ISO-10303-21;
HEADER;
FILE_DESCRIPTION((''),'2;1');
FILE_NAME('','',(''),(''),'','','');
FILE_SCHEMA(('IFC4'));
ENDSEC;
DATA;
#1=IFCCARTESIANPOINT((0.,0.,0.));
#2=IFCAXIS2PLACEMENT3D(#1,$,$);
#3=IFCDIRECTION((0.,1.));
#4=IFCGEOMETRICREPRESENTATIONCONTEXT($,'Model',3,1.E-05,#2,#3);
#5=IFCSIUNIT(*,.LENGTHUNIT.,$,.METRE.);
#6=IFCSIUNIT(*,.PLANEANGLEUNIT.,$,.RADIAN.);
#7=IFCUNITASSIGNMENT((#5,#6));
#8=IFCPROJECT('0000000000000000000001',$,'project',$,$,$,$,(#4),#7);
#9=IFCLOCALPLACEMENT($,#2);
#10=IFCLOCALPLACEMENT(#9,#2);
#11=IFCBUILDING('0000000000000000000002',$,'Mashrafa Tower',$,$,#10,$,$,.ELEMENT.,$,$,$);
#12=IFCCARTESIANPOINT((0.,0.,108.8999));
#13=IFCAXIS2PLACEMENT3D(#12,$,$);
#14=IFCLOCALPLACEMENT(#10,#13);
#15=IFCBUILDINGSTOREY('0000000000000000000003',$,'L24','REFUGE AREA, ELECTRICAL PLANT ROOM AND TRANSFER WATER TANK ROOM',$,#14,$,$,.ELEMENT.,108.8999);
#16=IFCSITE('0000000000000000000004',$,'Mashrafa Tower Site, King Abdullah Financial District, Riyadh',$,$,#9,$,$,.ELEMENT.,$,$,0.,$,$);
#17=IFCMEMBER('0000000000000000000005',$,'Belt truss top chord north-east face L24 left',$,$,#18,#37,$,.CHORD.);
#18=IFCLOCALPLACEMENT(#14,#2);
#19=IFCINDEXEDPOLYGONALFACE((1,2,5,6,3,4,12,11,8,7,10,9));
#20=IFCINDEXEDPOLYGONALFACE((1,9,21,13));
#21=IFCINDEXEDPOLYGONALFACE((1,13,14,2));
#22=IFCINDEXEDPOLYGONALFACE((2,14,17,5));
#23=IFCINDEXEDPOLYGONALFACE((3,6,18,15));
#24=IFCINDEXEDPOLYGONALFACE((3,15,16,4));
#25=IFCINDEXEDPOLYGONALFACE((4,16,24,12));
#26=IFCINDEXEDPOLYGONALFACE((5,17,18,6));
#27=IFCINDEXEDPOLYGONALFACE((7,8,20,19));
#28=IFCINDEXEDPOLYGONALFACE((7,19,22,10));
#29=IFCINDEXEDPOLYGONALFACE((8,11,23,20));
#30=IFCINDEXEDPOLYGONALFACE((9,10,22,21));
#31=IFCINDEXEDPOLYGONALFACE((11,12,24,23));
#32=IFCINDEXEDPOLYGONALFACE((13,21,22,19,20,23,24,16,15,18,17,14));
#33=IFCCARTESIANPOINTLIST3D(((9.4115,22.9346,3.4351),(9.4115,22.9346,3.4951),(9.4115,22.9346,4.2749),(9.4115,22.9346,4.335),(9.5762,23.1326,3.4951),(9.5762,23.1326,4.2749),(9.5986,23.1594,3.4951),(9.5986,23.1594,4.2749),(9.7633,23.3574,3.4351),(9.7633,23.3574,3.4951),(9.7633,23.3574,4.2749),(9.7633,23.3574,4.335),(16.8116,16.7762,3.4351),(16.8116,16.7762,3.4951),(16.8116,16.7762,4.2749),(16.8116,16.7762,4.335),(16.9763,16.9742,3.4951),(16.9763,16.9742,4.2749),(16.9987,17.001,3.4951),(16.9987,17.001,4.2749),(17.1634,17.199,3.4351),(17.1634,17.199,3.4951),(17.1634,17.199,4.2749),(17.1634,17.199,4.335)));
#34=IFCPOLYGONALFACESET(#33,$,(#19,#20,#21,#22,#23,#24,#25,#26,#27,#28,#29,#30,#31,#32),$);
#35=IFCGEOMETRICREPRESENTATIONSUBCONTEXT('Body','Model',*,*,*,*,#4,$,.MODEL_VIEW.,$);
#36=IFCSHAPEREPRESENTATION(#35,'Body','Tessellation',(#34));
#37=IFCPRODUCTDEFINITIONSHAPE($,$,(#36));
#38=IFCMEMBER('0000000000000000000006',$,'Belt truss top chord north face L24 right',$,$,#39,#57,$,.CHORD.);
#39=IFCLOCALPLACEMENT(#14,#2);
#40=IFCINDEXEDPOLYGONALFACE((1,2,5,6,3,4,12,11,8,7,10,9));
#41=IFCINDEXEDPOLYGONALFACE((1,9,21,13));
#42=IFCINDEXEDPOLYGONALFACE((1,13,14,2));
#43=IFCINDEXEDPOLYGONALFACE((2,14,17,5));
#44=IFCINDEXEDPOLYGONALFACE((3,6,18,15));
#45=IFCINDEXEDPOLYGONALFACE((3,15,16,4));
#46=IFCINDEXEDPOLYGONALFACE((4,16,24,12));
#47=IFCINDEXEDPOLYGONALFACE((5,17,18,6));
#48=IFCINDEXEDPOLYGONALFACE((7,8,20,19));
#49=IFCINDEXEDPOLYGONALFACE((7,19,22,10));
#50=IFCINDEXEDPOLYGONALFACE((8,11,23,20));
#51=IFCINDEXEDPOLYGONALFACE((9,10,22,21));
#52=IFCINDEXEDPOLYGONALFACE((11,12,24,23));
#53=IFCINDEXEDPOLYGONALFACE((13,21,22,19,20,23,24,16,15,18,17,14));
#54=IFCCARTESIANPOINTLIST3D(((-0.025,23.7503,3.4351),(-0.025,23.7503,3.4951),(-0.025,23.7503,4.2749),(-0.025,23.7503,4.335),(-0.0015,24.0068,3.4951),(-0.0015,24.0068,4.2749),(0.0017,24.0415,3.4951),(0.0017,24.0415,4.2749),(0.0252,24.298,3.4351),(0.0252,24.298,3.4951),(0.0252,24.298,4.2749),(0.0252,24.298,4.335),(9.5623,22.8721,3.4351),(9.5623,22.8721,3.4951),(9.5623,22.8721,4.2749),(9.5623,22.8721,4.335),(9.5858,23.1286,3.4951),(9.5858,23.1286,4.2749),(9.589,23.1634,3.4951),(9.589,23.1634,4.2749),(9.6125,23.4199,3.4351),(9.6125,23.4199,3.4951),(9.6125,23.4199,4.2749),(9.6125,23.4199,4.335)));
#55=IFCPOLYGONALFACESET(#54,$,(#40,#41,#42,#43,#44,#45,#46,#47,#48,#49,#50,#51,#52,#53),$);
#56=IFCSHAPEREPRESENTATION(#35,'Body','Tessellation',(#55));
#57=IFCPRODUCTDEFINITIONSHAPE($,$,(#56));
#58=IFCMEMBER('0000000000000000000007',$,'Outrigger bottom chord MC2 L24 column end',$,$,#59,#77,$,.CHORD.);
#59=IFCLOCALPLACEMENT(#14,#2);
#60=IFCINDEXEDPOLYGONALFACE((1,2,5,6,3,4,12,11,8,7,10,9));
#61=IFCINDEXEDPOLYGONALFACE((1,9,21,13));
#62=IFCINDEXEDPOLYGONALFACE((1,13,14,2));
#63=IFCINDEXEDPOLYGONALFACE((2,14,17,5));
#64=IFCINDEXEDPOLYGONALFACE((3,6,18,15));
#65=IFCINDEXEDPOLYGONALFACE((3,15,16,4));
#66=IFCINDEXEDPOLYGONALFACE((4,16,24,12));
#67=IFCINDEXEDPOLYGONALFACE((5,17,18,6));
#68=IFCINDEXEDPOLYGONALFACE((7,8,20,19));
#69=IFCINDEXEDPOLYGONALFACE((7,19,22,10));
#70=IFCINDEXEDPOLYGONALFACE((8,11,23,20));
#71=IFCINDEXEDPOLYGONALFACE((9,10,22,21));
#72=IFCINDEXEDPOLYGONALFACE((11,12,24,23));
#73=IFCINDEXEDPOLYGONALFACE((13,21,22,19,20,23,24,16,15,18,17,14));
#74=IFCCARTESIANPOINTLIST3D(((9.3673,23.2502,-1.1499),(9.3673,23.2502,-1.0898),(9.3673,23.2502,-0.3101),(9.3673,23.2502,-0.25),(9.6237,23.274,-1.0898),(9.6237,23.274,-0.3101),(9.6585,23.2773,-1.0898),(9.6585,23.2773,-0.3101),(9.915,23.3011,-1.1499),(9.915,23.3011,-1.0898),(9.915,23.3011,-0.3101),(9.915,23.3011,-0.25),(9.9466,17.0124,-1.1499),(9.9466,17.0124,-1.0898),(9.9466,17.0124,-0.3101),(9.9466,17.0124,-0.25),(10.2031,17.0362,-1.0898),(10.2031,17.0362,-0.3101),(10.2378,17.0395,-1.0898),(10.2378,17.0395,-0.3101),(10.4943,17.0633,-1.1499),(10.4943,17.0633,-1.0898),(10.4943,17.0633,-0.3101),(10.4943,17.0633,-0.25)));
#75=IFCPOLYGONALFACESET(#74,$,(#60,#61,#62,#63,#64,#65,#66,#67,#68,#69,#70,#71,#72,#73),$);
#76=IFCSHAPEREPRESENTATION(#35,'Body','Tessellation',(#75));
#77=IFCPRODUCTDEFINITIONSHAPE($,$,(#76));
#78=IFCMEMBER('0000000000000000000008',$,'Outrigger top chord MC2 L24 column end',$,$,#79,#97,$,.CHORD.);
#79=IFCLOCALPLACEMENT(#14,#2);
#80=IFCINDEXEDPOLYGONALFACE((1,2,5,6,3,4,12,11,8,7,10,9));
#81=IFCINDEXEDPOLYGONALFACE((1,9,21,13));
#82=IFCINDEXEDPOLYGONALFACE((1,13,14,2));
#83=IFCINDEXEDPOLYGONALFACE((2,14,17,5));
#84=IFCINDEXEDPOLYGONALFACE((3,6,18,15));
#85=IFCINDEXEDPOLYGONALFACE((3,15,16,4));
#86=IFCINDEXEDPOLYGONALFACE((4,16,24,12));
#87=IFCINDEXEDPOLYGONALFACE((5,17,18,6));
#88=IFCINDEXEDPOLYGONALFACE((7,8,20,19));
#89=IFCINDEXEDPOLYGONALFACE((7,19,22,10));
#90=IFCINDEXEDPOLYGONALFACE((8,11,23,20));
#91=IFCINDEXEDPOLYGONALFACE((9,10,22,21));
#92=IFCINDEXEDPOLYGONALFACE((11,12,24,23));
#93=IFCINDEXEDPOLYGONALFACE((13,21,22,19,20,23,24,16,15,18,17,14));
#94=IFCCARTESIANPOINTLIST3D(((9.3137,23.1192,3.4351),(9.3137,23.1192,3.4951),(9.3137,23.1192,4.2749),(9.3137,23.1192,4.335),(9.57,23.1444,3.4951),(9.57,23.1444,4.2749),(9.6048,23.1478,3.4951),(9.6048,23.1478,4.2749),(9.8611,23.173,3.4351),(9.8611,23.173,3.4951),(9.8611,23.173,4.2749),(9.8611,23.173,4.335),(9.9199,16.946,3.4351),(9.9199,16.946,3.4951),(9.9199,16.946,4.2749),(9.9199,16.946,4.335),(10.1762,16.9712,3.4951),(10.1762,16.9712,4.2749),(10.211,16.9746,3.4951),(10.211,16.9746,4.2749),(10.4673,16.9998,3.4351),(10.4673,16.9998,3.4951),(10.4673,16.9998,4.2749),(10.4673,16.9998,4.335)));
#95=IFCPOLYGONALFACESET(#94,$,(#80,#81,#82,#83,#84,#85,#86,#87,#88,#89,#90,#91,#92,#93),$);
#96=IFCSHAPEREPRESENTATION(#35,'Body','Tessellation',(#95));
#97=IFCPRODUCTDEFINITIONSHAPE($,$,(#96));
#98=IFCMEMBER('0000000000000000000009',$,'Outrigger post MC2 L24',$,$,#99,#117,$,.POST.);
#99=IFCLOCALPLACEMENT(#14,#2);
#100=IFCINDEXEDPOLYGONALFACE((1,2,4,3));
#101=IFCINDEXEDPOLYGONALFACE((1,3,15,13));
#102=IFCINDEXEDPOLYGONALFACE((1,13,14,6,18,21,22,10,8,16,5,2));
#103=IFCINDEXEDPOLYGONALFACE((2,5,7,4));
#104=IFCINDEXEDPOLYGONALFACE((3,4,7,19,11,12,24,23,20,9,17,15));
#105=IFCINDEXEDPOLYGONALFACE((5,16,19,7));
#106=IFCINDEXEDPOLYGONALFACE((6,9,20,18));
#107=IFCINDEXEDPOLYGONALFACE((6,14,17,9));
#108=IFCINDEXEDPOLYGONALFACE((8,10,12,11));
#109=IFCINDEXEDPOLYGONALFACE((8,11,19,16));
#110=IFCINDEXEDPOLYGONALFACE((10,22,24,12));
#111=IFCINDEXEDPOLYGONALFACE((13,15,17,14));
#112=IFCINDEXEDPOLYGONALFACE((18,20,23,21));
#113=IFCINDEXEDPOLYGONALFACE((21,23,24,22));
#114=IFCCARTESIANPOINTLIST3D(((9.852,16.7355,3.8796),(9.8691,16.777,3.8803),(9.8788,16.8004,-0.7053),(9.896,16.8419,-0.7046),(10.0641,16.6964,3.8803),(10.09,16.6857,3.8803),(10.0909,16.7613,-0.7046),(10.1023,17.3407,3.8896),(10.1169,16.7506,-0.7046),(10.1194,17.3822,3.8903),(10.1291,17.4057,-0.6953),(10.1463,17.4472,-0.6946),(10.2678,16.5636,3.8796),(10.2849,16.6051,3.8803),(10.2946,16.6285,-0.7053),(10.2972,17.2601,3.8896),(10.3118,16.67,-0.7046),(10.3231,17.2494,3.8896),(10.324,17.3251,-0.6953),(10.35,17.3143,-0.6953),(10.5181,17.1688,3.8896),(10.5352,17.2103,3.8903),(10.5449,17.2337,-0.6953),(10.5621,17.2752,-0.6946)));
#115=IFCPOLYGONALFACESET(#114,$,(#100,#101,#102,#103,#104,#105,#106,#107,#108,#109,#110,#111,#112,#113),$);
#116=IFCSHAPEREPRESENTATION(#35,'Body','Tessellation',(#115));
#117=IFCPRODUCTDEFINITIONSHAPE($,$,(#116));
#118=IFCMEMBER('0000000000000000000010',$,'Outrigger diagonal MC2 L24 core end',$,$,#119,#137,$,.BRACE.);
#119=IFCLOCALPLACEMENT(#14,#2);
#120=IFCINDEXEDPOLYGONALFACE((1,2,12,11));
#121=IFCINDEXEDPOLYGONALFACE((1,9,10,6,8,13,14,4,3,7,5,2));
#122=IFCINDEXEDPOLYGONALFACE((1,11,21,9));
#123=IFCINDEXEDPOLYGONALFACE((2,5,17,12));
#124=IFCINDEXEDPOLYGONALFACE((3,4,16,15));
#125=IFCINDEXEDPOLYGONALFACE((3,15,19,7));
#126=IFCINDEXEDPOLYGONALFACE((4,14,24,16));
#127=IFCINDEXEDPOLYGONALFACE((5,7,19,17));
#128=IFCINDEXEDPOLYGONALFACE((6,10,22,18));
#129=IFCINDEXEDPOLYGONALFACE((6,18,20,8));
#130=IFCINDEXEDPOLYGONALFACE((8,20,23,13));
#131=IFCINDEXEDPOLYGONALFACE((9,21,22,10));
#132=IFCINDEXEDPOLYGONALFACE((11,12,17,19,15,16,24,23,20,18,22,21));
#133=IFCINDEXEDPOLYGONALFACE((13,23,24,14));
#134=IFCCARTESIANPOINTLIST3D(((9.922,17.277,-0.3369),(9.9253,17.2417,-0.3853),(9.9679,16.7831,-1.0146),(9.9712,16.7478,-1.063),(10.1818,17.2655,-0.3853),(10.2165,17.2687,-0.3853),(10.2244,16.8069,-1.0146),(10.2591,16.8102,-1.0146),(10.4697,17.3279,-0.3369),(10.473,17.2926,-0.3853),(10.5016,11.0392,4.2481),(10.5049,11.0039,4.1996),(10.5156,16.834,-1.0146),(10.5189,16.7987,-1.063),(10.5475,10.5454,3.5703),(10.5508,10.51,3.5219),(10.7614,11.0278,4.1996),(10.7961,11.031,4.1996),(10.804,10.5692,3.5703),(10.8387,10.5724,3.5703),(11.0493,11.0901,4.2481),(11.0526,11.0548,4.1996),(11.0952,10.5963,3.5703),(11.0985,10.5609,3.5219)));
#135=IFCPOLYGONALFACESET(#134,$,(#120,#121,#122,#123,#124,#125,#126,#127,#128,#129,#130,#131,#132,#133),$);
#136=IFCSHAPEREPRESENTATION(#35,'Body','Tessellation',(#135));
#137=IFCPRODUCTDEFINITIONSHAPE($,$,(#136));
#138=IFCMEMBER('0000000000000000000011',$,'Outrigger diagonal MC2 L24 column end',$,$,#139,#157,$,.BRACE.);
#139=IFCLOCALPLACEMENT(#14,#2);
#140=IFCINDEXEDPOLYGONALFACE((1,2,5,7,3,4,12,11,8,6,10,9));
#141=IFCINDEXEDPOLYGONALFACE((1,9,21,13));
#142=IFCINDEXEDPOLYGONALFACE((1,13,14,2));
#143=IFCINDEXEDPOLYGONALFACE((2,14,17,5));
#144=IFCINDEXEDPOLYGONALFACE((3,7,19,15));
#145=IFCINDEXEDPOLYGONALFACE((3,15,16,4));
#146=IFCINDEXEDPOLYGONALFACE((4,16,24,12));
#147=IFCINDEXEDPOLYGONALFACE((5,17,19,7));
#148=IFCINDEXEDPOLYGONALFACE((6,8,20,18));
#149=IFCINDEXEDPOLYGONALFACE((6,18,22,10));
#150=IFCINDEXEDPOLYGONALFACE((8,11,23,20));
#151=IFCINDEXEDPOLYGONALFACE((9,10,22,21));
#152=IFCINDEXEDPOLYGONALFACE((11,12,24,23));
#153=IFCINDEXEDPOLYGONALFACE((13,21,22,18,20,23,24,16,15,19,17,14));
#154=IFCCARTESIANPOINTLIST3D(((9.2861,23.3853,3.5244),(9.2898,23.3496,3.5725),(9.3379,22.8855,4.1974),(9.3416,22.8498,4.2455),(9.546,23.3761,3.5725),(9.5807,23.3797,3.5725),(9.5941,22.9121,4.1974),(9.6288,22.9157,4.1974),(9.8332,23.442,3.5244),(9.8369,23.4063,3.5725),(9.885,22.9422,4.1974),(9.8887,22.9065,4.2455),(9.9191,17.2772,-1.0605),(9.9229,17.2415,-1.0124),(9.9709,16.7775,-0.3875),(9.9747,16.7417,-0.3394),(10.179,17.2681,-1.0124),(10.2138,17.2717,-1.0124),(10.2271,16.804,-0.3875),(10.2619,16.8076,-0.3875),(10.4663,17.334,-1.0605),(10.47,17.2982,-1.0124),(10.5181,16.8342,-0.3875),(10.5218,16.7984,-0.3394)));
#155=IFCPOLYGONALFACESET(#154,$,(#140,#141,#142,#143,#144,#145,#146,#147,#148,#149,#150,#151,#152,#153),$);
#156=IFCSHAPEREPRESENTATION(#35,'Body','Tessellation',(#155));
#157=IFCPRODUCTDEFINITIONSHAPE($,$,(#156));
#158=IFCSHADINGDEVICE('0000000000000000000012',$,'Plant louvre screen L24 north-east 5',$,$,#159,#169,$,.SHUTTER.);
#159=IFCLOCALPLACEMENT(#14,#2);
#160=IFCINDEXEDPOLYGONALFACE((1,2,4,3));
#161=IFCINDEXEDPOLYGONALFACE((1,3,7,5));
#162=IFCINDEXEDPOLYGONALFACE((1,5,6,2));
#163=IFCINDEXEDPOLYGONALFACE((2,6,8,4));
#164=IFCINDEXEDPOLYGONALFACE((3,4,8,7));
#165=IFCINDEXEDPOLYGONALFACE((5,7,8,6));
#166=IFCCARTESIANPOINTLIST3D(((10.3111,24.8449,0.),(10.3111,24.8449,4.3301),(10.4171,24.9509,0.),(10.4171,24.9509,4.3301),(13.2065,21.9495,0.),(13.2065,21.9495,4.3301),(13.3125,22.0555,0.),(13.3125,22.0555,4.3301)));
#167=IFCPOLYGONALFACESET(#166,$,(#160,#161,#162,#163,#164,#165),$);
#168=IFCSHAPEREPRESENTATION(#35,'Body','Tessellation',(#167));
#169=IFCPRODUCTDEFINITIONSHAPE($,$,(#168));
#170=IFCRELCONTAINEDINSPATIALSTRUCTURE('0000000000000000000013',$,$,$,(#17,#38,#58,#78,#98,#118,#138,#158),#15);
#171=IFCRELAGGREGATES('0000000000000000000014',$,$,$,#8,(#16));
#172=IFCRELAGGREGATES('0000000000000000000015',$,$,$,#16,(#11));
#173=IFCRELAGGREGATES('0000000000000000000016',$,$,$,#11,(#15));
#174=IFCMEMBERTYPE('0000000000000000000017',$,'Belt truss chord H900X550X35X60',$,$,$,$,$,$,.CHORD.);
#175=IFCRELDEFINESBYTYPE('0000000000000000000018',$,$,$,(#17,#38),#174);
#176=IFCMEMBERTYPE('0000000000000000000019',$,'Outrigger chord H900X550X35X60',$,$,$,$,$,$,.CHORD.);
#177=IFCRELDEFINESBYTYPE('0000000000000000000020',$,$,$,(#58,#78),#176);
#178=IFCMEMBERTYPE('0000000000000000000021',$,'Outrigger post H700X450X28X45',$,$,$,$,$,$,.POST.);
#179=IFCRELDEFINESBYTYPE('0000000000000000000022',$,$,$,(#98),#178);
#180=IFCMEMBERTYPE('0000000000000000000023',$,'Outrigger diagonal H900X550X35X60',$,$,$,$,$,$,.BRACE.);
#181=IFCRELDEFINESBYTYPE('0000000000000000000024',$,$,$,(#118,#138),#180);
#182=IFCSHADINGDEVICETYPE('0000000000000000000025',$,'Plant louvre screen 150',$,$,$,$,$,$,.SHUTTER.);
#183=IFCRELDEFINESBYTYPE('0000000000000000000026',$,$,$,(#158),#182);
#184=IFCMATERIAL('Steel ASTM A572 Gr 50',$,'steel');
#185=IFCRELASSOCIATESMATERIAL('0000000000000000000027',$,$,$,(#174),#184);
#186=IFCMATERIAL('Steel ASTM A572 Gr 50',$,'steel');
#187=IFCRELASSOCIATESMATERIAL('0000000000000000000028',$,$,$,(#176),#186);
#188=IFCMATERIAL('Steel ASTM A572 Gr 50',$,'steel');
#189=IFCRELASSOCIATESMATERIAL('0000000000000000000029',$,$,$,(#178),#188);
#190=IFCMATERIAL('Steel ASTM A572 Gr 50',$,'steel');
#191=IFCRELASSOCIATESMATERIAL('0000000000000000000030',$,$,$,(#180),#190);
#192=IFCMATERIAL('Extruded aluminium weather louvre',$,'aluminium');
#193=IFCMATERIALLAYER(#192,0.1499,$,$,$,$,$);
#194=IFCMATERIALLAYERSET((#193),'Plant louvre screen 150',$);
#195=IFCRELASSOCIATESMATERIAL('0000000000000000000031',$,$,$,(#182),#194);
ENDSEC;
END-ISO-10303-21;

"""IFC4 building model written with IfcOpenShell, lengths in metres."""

from ifc_helpers import new_model, si_unit, direction, frame, origin, origin_2d, place, context, subcontext, project, spatial, rectangle, i_section, extrude, source, transform, mapped, material, layer, layer_set, material_profile, profile_set, type_object, type_shapes, element, save


model = new_model("IFC4")

# Units and contexts
model_context = context("Model", 3, precision=1e-05, world=origin(), true_north=direction((0.0, 1.0)))
body_context = subcontext(model_context, "Body", "Model", "MODEL_VIEW")
ifc_project = project(units=[si_unit("LENGTHUNIT", "METRE"), si_unit("PLANEANGLEUNIT", "RADIAN")], contexts=[model_context])

# Site, building, storey
site_placement = place(None, origin())
site = spatial("IfcSite", under=ifc_project, at=site_placement, Name="Mashrafa Tower Site, King Abdullah Financial District, Riyadh", CompositionType="ELEMENT", RefElevation=0.0)
building_placement = place(site_placement, origin())
building = spatial("IfcBuilding", under=site, at=building_placement, Name="Mashrafa Tower", CompositionType="ELEMENT")
storey_placement = place(building_placement, frame((0.0, 0.0, 108.8999)))
storey = spatial("IfcBuildingStorey", under=building, at=storey_placement, Name="L24", Description="REFUGE AREA, ELECTRICAL PLANT ROOM AND TRANSFER WATER TANK ROOM", CompositionType="ELEMENT", Elevation=108.8999)

# Members
ifc_material_1 = material(Name="Steel ASTM A572 Gr 50", Category="steel")
ifc_material_profile_1 = material_profile(ifc_material_1, i_section(OverallWidth=0.55, OverallDepth=0.8999, WebThickness=0.0349, FlangeThickness=0.0601, at=origin_2d()), Name="H900X550X35X60")
ifc_profile_set_1 = profile_set([ifc_material_profile_1], Name="Steel ASTM A572 Gr 50")
member_type_1 = type_object("IfcMemberType", Name="Belt truss chord H900X550X35X60", PredefinedType="CHORD", material=ifc_profile_set_1)
shared_shape_1 = source(origin(), body_context, "Body", "SweptSolid", [
    extrude(i_section(OverallWidth=0.55, OverallDepth=0.8999, WebThickness=0.0349, FlangeThickness=0.0601, at=origin_2d()), origin(), (0.0, 0.0, 1.0), 9.6274),
])
for number, where, z_axis, x_axis, name in (
    (1, (9.5874, 23.146, 3.885), (0.768647, -0.639673, 0.0), (0.639673, 0.768647, 0.0), "Belt truss top chord north-east face L24 left"),
    (2, (9.5874, 23.146, 3.885), (-0.995831, 0.091215, 0.0), (-0.091215, -0.995831, 0.0), "Belt truss top chord north face L24 right"),
):
    element("IfcMember", number, at=place(storey_placement, frame(where, z_axis=z_axis, x_axis=x_axis)), inside=storey, type_object=member_type_1, Name=name, PredefinedType="CHORD", context=body_context, shape_type="MappedRepresentation", body=[
        mapped(shared_shape_1, transform((0.0, 0.0, 0.0))),
    ])
ifc_material_2 = material(Name="Steel ASTM A572 Gr 50", Category="steel")
ifc_material_profile_2 = material_profile(ifc_material_2, i_section(OverallWidth=0.55, OverallDepth=0.8999, WebThickness=0.0349, FlangeThickness=0.0601, at=origin_2d()), Name="H900X550X35X60")
ifc_profile_set_2 = profile_set([ifc_material_profile_2], Name="Steel ASTM A572 Gr 50")
member_type_2 = type_object("IfcMemberType", Name="Outrigger chord H900X550X35X60", PredefinedType="CHORD", material=ifc_profile_set_2)
shared_shape_2 = source(origin(), body_context, "Body", "SweptSolid", [
    extrude(i_section(OverallWidth=0.55, OverallDepth=0.8999, WebThickness=0.0349, FlangeThickness=0.0601, at=origin_2d()), origin(), (0.0, 0.0, 1.0), 6.2646),
])
member_1_placement = place(storey_placement, frame((10.2205, 17.0378, -0.7), z_axis=(-0.092479, 0.995715, 0.0), x_axis=(-0.995715, -0.092479, 0.0)))
element("IfcMember", 3, at=member_1_placement, inside=storey, type_object=member_type_2, Name="Outrigger bottom chord MC2 L24 column end", PredefinedType="CHORD", context=body_context, shape_type="MappedRepresentation", body=[
    mapped(shared_shape_2, transform((0.0, 0.0, 0.0))),
])
shared_shape_3 = source(origin(), body_context, "Body", "SweptSolid", [
    extrude(i_section(OverallWidth=0.55, OverallDepth=0.8999, WebThickness=0.0349, FlangeThickness=0.0601, at=origin_2d()), origin(), (0.0, 0.0, 1.0), 6.2029),
])
type_shapes(member_type_2, [shared_shape_2, shared_shape_3])
member_2_placement = place(storey_placement, frame((10.1936, 16.9729, 3.885), z_axis=(-0.09773, 0.995213, 0.0), x_axis=(-0.995213, -0.09773, 0.0)))
element("IfcMember", 4, at=member_2_placement, inside=storey, type_object=member_type_2, Name="Outrigger top chord MC2 L24 column end", PredefinedType="CHORD", context=body_context, shape_type="MappedRepresentation", body=[
    mapped(shared_shape_3, transform((0.0, 0.0, 0.0))),
])
ifc_material_3 = material(Name="Steel ASTM A572 Gr 50", Category="steel")
ifc_material_profile_3 = material_profile(ifc_material_3, i_section(OverallWidth=0.45, OverallDepth=0.7, WebThickness=0.0281, FlangeThickness=0.0449, at=origin_2d()), Name="H700X450X28X45")
ifc_profile_set_3 = profile_set([ifc_material_profile_3], Name="Steel ASTM A572 Gr 50")
member_type_3 = type_object("IfcMemberType", Name="Outrigger post H700X450X28X45", PredefinedType="POST", material=ifc_profile_set_3)
shared_shape_4 = source(origin(), body_context, "Body", "SweptSolid", [
    extrude(i_section(OverallWidth=0.45, OverallDepth=0.7, WebThickness=0.0281, FlangeThickness=0.0449, at=origin_2d()), origin(), (0.0, 0.0, 1.0), 4.5854),
])
type_shapes(member_type_3, [shared_shape_4])
member_3_placement = place(storey_placement, frame((10.2205, 17.0378, -0.7), z_axis=(-0.005857, -0.014162, 0.999883), x_axis=(0.924101, -0.382147, 0.0)))
element("IfcMember", 5, at=member_3_placement, inside=storey, type_object=member_type_3, Name="Outrigger post MC2 L24", PredefinedType="POST", context=body_context, shape_type="MappedRepresentation", body=[
    mapped(shared_shape_4, transform((0.0, 0.0, 0.0))),
])
ifc_material_4 = material(Name="Steel ASTM A572 Gr 50", Category="steel")
ifc_material_profile_4 = material_profile(ifc_material_4, i_section(OverallWidth=0.55, OverallDepth=0.8999, WebThickness=0.0349, FlangeThickness=0.0601, at=origin_2d()), Name="H900X550X35X60")
ifc_profile_set_4 = profile_set([ifc_material_profile_4], Name="Steel ASTM A572 Gr 50")
member_type_4 = type_object("IfcMemberType", Name="Outrigger diagonal H900X550X35X60", PredefinedType="BRACE", material=ifc_profile_set_4)
shared_shape_5 = source(origin(), body_context, "Body", "SweptSolid", [
    extrude(i_section(OverallWidth=0.55, OverallDepth=0.8999, WebThickness=0.0349, FlangeThickness=0.0601, at=origin_2d()), origin(), (0.0, 0.0, 1.0), 7.7632),
])
member_4_placement = place(storey_placement, frame((10.2205, 17.0378, -0.7), z_axis=(0.074658, -0.803504, 0.590599), x_axis=(0.995711, 0.092517, 0.0)))
element("IfcMember", 6, at=member_4_placement, inside=storey, type_object=member_type_4, Name="Outrigger diagonal MC2 L24 core end", PredefinedType="BRACE", context=body_context, shape_type="MappedRepresentation", body=[
    mapped(shared_shape_5, transform((0.0, 0.0, 0.0))),
])
shared_shape_6 = source(origin(), body_context, "Body", "SweptSolid", [
    extrude(i_section(OverallWidth=0.55, OverallDepth=0.8999, WebThickness=0.0349, FlangeThickness=0.0601, at=origin_2d()), origin(), (0.0, 0.0, 1.0), 7.6636),
])
type_shapes(member_type_4, [shared_shape_5, shared_shape_6])
member_5_placement = place(storey_placement, frame((10.2205, 17.0378, -0.7), z_axis=(-0.082605, 0.797025, 0.598271), x_axis=(-0.994672, -0.103089, 0.0)))
element("IfcMember", 7, at=member_5_placement, inside=storey, type_object=member_type_4, Name="Outrigger diagonal MC2 L24 column end", PredefinedType="BRACE", context=body_context, shape_type="MappedRepresentation", body=[
    mapped(shared_shape_6, transform((0.0, 0.0, 0.0))),
])

# Shading device
ifc_material_5 = material(Name="Extruded aluminium weather louvre", Category="aluminium")
ifc_layer = layer(ifc_material_5, 0.1499)
ifc_layer_set = layer_set([ifc_layer], Name="Plant louvre screen 150")
shading_device_type = type_object("IfcShadingDeviceType", Name="Plant louvre screen 150", PredefinedType="SHUTTER", material=ifc_layer_set)
shared_shape_7 = source(origin(), body_context, "Body", "SweptSolid", [
    extrude(rectangle(XDim=4.0947, YDim=0.1499, at=origin_2d()), origin(), (0.0, 0.0, 1.0), 4.3301),
])
type_shapes(shading_device_type, [shared_shape_7])
for number, where, z_axis, x_axis, name in (
    (8, (11.8118, 23.4502, 0.0), (0.0, 0.0, 1.0), (-0.707107, 0.707107, 0.0), "Plant louvre screen L24 north-east 5"),
):
    element("IfcShadingDevice", number, at=place(storey_placement, frame(where, z_axis=z_axis, x_axis=x_axis)), inside=storey, type_object=shading_device_type, Name=name, PredefinedType="SHUTTER", context=body_context, shape_type="MappedRepresentation", body=[
        mapped(shared_shape_7, transform((0.0, 0.0, 0.0))),
    ])

save(model, "model.ifc")
